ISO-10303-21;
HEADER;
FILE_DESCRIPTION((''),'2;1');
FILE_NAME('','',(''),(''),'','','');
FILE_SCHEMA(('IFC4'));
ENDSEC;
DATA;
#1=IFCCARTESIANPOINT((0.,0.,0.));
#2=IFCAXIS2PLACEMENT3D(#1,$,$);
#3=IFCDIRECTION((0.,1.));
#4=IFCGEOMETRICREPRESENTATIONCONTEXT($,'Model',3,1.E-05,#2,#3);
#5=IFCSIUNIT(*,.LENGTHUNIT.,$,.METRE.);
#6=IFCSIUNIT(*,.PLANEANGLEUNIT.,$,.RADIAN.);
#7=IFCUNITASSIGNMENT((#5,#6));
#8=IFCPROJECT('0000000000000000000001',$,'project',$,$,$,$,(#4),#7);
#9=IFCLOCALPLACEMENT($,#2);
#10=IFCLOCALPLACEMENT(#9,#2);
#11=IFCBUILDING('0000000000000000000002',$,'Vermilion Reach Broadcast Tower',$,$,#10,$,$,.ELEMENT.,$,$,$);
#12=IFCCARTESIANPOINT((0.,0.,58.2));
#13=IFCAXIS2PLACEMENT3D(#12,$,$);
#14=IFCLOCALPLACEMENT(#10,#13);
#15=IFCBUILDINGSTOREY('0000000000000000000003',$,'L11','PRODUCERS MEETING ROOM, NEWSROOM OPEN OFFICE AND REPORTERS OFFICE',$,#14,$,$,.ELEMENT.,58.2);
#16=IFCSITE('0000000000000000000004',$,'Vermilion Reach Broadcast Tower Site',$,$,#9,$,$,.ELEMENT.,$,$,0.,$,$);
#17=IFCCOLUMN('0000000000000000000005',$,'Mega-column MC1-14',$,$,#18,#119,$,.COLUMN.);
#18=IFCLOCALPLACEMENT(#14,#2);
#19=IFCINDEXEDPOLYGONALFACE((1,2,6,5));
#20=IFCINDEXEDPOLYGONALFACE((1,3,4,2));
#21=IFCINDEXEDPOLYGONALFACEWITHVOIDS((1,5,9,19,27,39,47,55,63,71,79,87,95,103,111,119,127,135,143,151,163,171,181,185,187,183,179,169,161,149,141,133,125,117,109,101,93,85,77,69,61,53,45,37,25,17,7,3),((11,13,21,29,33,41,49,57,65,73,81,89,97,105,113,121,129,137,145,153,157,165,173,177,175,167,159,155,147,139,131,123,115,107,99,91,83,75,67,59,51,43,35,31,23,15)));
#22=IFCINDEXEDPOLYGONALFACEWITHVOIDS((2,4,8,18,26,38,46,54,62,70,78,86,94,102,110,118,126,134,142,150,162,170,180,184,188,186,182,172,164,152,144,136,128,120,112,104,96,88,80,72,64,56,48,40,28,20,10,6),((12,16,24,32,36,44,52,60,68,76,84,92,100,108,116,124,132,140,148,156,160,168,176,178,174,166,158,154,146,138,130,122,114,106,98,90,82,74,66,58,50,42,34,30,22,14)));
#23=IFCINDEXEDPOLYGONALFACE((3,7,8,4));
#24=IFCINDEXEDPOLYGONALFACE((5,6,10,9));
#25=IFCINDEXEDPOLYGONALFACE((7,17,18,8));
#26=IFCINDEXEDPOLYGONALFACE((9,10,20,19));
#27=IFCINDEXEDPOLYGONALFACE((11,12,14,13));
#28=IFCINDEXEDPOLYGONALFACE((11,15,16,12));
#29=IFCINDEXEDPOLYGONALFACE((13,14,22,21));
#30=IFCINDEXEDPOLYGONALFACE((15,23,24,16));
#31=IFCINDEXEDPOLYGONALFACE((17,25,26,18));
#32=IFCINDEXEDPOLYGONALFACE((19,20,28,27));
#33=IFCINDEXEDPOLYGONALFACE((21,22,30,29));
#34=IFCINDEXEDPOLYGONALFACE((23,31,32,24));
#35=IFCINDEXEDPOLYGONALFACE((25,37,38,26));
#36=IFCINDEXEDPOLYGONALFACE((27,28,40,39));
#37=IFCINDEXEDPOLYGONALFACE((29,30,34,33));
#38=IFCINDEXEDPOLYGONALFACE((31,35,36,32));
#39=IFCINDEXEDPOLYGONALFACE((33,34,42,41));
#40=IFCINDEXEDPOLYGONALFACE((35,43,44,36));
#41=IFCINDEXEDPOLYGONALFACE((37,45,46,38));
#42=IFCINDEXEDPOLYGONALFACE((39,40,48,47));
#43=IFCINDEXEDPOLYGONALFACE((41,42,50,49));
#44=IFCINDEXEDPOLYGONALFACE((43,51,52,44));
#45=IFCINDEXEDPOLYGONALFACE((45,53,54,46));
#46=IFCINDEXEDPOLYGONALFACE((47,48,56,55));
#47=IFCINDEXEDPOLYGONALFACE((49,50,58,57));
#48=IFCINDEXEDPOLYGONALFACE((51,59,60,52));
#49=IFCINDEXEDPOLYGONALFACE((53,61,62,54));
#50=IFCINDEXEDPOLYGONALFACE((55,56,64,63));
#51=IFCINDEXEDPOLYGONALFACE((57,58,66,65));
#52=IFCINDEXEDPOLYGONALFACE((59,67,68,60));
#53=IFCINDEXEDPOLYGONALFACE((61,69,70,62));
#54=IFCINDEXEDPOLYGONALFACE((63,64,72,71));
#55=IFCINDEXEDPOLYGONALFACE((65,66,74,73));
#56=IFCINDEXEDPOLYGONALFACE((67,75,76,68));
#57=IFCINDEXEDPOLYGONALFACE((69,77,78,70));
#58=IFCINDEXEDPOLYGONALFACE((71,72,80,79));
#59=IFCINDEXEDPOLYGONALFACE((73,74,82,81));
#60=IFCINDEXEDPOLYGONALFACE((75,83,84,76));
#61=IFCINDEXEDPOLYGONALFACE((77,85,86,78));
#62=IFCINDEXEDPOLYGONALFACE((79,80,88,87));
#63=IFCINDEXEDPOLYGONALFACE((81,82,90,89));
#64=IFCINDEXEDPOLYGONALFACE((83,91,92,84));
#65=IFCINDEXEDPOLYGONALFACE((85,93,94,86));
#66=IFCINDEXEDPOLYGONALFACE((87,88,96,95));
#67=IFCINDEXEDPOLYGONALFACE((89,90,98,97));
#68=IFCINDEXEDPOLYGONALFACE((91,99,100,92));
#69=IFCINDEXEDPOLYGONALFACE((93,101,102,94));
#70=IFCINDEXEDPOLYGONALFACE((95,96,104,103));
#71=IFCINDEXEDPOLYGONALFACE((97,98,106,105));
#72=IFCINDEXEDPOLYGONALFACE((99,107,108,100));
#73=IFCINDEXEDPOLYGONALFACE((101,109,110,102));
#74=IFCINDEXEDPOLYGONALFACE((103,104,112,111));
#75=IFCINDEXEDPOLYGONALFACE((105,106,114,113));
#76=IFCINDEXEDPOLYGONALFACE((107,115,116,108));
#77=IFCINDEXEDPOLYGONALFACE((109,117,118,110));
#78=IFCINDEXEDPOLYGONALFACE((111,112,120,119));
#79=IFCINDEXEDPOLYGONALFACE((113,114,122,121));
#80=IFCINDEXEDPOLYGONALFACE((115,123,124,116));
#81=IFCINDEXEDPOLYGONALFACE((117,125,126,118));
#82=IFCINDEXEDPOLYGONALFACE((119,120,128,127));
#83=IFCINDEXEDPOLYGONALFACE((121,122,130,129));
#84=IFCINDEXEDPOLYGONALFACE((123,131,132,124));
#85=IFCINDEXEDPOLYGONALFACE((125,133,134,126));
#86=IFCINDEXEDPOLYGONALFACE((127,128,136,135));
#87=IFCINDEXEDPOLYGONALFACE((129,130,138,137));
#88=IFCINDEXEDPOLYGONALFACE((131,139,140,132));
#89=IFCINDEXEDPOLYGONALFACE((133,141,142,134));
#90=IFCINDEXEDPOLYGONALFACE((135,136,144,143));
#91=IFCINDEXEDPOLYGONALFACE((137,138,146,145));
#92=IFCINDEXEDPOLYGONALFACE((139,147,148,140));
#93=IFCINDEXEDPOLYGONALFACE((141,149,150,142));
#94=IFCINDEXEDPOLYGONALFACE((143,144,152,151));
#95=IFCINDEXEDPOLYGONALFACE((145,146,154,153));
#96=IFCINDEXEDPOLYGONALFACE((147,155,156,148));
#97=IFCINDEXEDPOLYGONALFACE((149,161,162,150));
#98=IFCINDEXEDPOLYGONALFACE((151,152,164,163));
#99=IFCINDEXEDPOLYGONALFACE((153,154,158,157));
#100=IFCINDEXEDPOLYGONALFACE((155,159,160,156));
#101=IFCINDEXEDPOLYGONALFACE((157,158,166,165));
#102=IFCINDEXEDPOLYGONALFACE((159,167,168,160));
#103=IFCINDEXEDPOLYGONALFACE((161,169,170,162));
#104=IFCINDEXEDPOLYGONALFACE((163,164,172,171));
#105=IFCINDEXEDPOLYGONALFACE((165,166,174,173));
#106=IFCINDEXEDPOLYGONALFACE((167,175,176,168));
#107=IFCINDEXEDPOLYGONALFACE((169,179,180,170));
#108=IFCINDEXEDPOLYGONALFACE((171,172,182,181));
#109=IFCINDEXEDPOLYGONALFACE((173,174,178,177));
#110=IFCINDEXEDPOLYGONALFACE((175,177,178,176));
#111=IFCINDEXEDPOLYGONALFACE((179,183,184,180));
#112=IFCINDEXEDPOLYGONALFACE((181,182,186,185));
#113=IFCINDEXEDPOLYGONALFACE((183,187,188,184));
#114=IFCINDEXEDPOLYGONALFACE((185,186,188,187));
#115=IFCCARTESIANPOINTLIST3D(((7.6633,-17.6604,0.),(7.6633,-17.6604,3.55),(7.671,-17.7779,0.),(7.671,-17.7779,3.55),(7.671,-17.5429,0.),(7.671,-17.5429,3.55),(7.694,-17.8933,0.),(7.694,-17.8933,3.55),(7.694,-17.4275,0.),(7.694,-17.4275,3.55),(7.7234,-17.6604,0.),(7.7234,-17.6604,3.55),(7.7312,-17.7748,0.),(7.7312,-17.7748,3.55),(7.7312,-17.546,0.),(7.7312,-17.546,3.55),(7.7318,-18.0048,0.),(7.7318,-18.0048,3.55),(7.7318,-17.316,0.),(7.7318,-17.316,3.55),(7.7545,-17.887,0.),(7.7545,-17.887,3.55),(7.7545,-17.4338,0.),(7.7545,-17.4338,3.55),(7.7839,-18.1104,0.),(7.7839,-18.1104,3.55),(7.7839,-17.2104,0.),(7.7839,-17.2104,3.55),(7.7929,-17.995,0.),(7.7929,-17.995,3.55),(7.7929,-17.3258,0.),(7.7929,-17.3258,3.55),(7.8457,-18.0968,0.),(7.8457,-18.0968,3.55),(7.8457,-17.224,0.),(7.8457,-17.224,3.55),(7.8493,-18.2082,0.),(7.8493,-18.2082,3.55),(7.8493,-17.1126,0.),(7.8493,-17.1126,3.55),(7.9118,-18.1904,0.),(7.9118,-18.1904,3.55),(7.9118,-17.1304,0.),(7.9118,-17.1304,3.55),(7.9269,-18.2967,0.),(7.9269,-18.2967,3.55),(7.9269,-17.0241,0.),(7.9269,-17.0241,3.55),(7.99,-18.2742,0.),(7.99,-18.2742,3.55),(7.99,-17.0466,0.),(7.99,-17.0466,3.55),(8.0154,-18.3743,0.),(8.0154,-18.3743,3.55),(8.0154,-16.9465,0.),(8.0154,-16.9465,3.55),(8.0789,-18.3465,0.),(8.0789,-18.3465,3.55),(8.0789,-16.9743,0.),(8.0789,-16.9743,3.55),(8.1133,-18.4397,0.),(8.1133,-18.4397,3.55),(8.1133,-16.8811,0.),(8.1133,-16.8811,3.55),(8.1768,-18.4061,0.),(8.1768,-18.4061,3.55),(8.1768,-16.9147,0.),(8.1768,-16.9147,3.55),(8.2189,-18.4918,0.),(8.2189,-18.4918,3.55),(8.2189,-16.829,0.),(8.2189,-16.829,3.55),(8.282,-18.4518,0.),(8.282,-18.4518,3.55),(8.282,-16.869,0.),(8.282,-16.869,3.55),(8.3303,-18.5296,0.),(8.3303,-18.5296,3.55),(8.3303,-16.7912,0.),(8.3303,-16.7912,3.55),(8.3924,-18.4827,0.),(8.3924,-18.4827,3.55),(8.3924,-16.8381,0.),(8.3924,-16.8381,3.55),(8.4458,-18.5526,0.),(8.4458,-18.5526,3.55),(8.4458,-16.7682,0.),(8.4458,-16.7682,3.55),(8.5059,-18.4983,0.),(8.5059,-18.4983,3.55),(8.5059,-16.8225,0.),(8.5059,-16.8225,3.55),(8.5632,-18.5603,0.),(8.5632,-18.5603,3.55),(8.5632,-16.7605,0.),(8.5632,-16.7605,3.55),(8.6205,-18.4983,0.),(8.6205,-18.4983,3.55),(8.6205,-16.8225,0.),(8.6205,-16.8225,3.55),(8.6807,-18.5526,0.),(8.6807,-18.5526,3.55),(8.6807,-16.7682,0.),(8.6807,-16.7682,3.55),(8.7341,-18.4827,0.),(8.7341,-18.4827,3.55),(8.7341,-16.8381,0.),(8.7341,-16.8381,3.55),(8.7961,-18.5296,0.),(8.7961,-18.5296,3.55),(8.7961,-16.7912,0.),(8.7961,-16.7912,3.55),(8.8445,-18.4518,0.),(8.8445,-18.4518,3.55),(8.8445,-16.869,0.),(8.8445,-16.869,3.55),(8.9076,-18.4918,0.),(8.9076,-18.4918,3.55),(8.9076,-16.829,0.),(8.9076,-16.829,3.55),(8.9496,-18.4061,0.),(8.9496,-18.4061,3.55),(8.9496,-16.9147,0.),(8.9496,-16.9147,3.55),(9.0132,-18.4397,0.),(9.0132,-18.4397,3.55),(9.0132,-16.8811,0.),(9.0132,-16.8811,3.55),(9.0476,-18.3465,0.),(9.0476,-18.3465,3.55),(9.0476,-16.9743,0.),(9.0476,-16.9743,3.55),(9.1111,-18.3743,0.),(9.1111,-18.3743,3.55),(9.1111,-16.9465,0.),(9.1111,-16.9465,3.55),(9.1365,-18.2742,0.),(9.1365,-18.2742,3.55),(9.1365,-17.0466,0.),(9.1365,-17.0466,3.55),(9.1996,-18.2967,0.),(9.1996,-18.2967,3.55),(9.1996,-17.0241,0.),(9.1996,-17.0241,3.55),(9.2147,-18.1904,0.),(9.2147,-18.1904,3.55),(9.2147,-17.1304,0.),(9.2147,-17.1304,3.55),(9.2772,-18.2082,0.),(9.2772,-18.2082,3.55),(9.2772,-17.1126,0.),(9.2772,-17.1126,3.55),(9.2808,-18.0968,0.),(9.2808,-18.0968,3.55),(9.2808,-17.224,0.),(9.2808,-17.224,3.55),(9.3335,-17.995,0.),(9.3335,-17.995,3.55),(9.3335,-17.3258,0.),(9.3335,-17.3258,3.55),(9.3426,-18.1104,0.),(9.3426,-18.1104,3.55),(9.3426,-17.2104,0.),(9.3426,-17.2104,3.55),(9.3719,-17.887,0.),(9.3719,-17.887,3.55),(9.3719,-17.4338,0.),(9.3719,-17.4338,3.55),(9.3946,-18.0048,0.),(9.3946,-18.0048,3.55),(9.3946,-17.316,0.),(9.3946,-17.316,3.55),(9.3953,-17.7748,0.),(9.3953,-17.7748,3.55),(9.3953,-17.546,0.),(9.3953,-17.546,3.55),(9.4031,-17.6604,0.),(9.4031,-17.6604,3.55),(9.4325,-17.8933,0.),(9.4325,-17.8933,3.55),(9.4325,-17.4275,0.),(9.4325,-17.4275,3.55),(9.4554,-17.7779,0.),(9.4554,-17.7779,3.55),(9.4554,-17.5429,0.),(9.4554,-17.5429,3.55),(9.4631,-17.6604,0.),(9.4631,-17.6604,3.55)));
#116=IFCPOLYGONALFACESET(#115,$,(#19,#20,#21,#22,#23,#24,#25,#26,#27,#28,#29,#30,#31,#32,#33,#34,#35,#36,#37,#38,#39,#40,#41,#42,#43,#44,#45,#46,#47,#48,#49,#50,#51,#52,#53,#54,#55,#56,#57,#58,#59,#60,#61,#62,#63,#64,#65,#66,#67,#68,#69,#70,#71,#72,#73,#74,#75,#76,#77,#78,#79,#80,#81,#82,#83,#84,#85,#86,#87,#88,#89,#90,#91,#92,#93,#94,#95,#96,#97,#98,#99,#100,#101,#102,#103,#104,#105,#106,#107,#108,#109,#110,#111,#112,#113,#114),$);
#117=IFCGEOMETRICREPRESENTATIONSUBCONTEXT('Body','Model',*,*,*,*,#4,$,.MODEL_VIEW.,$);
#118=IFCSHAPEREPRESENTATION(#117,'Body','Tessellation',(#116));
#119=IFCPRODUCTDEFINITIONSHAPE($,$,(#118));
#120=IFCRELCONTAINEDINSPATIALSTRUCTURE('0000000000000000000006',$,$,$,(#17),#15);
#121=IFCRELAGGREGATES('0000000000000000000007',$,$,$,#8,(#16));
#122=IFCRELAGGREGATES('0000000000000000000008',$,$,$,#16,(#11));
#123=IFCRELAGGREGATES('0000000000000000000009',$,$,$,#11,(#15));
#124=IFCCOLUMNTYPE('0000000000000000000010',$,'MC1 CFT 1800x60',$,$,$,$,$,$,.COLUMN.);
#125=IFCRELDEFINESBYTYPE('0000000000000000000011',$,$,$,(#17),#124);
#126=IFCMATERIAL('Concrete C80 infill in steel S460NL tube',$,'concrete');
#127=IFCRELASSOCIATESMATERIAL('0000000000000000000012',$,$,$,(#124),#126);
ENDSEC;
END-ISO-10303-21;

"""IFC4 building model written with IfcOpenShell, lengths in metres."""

from ifc_helpers import new_model, si_unit, direction, frame, origin, origin_2d, place, context, subcontext, project, spatial, hollow_circle, extrude, material, material_profile, profile_set, type_object, element, save


model = new_model("IFC4")

# Units and contexts
model_context = context("Model", 3, precision=1e-05, world=origin(), true_north=direction((0.0, 1.0)))
body_context = subcontext(model_context, "Body", "Model", "MODEL_VIEW")
ifc_project = project(units=[si_unit("LENGTHUNIT", "METRE"), si_unit("PLANEANGLEUNIT", "RADIAN")], contexts=[model_context])

# Site, building, storey
site_placement = place(None, origin())
site = spatial("IfcSite", under=ifc_project, at=site_placement, Name="Vermilion Reach Broadcast Tower Site", CompositionType="ELEMENT", RefElevation=0.0)
building_placement = place(site_placement, origin())
building = spatial("IfcBuilding", under=site, at=building_placement, Name="Vermilion Reach Broadcast Tower", CompositionType="ELEMENT")
storey_placement = place(building_placement, frame((0.0, 0.0, 58.2)))
storey = spatial("IfcBuildingStorey", under=building, at=storey_placement, Name="L11", Description="PRODUCERS MEETING ROOM, NEWSROOM OPEN OFFICE AND REPORTERS OFFICE", CompositionType="ELEMENT", Elevation=58.2)

# Column
ifc_material_1 = material(Name="Concrete C80 infill in steel S460NL tube", Category="concrete")
ifc_material_profile_1 = material_profile(ifc_material_1, hollow_circle(Radius=0.8999, WallThickness=0.0601, at=origin_2d()), Name="Concrete C80 infill in steel S460NL tube CFT 1800x60")
ifc_profile_set_1 = profile_set([ifc_material_profile_1], Name="Concrete C80 infill in steel S460NL tube")
column_type = type_object("IfcColumnType", Name="MC1 CFT 1800x60", PredefinedType="COLUMN", material=ifc_profile_set_1)
for number, where, z_axis, x_axis, name in (
    (1, (8.5632, -17.6604, 0.0), (0.0, 0.0, 1.0), (1.0, 0.0, 0.0), "Mega-column MC1-14"),
):
    element("IfcColumn", number, at=place(storey_placement, frame(where, z_axis=z_axis, x_axis=x_axis)), inside=storey, type_object=column_type, Name=name, PredefinedType="COLUMN", context=body_context, shape_type="SweptSolid", body=[
        extrude(hollow_circle(Radius=0.8999, WallThickness=0.0601, at=origin_2d()), origin(), (0.0, 0.0, 1.0), 3.55),
    ])

save(model, "model.ifc")
